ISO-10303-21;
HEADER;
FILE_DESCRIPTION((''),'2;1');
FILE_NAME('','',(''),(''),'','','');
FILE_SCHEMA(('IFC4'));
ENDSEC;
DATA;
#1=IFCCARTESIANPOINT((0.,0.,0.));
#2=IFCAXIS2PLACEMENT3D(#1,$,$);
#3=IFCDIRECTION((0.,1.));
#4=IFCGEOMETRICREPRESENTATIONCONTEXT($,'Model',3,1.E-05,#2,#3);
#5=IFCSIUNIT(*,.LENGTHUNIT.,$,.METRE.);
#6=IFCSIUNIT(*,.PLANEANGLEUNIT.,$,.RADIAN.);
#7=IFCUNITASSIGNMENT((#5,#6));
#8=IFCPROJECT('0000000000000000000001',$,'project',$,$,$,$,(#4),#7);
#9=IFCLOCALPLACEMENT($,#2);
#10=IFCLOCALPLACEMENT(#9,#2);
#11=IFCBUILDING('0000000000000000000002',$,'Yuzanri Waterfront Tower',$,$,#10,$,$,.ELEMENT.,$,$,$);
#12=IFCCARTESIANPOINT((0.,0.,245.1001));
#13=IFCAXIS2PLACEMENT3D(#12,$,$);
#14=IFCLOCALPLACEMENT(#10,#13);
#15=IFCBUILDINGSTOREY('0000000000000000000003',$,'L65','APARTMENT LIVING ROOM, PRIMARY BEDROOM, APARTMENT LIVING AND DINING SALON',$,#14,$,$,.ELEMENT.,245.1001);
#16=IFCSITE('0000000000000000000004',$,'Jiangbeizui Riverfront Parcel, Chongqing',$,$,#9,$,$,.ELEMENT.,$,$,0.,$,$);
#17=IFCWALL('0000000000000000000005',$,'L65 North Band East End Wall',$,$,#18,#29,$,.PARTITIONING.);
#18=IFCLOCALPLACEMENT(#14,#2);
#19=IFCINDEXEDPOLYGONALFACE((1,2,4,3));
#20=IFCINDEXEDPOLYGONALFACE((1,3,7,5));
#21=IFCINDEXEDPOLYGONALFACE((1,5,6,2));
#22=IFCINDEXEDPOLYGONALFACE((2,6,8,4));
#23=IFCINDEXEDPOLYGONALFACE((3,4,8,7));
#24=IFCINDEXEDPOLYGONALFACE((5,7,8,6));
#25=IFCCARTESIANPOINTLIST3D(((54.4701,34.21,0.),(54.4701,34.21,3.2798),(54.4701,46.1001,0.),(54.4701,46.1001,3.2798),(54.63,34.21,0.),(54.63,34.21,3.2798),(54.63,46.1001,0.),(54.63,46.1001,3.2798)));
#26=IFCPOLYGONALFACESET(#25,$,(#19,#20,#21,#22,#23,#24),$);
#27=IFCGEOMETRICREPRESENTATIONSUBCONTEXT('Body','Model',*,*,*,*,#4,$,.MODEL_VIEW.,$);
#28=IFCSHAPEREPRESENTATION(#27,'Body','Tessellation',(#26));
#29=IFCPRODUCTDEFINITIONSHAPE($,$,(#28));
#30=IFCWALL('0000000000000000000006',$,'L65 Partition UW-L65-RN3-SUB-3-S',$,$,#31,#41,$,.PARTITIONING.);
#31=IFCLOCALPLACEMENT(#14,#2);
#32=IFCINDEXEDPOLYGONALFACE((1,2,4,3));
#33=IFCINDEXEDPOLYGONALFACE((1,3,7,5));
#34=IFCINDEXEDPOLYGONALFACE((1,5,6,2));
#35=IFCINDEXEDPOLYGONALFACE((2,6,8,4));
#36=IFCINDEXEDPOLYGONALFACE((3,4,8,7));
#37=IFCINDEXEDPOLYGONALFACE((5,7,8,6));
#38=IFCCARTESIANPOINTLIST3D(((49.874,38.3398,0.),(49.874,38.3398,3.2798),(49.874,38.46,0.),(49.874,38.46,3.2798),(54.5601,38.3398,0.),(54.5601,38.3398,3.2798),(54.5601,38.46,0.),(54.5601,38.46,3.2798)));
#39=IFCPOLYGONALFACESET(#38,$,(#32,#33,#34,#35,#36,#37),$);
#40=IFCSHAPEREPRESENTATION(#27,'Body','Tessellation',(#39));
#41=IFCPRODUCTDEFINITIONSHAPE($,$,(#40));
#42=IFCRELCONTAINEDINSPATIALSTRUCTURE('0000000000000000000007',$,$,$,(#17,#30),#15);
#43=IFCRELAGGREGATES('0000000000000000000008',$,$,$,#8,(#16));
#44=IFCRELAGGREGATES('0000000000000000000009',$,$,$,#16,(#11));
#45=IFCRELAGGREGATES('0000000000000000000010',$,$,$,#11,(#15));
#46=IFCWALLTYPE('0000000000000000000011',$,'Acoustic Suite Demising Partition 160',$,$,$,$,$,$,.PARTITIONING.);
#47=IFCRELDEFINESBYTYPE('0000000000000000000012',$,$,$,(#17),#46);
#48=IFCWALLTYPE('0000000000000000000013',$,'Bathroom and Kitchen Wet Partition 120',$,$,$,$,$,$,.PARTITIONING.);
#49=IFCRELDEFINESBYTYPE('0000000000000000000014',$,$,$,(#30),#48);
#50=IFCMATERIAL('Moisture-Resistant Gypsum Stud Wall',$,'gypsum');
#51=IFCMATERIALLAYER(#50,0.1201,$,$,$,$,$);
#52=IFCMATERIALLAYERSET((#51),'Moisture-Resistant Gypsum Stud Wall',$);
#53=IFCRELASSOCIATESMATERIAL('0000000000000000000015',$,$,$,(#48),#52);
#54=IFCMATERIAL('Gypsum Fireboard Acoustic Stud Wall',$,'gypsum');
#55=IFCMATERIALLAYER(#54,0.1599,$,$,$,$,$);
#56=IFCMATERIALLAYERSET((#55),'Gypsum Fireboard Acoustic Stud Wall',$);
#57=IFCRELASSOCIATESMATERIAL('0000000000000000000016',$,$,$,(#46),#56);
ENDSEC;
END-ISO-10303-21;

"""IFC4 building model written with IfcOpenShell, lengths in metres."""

from ifc_helpers import new_model, si_unit, direction, frame, frame_2d, origin, place, context, subcontext, project, spatial, rectangle, extrude, source, transform, mapped, material, layer, layer_set, type_object, element, save


model = new_model("IFC4")

# Units and contexts
model_context = context("Model", 3, precision=1e-05, world=origin(), true_north=direction((0.0, 1.0)))
body_context = subcontext(model_context, "Body", "Model", "MODEL_VIEW")
ifc_project = project(units=[si_unit("LENGTHUNIT", "METRE"), si_unit("PLANEANGLEUNIT", "RADIAN")], contexts=[model_context])

# Site, building, storey
site_placement = place(None, origin())
site = spatial("IfcSite", under=ifc_project, at=site_placement, Name="Jiangbeizui Riverfront Parcel, Chongqing", CompositionType="ELEMENT", RefElevation=0.0)
building_placement = place(site_placement, origin())
building = spatial("IfcBuilding", under=site, at=building_placement, Name="Yuzanri Waterfront Tower", CompositionType="ELEMENT")
storey_placement = place(building_placement, frame((0.0, 0.0, 245.1001)))
storey = spatial("IfcBuildingStorey", under=building, at=storey_placement, Name="L65", Description="APARTMENT LIVING ROOM, PRIMARY BEDROOM, APARTMENT LIVING AND DINING SALON", CompositionType="ELEMENT", Elevation=245.1001)

# Shared definitions
ifc_material_1 = material(Name="Moisture-Resistant Gypsum Stud Wall", Category="gypsum")
ifc_layer_1 = layer(ifc_material_1, 0.1201)
ifc_layer_set_1 = layer_set([ifc_layer_1], Name="Moisture-Resistant Gypsum Stud Wall")
wall_type_1 = type_object("IfcWallType", Name="Bathroom and Kitchen Wet Partition 120", PredefinedType="PARTITIONING", material=ifc_layer_set_1)

# Walls
ifc_material_2 = material(Name="Gypsum Fireboard Acoustic Stud Wall", Category="gypsum")
ifc_layer_2 = layer(ifc_material_2, 0.1599)
ifc_layer_set_2 = layer_set([ifc_layer_2], Name="Gypsum Fireboard Acoustic Stud Wall")
wall_type_2 = type_object("IfcWallType", Name="Acoustic Suite Demising Partition 160", PredefinedType="PARTITIONING", material=ifc_layer_set_2)
shared_shape_1 = source(origin(), body_context, "Body", "SweptSolid", [
    extrude(rectangle(XDim=11.8901, YDim=0.1599, at=frame_2d((5.9451, 0.0))), origin(), (0.0, 0.0, 1.0), 3.2798),
])
wall_1_placement = place(storey_placement, frame((54.55, 34.21, 0.0), z_axis=(0.0, 0.0, 1.0), x_axis=(0.0, 1.0, 0.0)))
element("IfcWall", 1, at=wall_1_placement, inside=storey, type_object=wall_type_2, Name="L65 North Band East End Wall", PredefinedType="PARTITIONING", context=body_context, shape_type="MappedRepresentation", body=[
    mapped(shared_shape_1, transform((0.0, 0.0, 0.0), scale=1.0)),
])
shared_shape_2 = source(origin(), body_context, "Body", "SweptSolid", [
    extrude(rectangle(XDim=4.686, YDim=0.1201, at=frame_2d((2.343, 0.0))), origin(), (0.0, 0.0, 1.0), 3.2798),
])
wall_2_placement = place(storey_placement, frame((49.874, 38.3999, 0.0), z_axis=(0.0, 0.0, 1.0), x_axis=(1.0, 0.0, 0.0)))
element("IfcWall", 2, at=wall_2_placement, inside=storey, type_object=wall_type_1, Name="L65 Partition UW-L65-RN3-SUB-3-S", PredefinedType="PARTITIONING", context=body_context, shape_type="MappedRepresentation", body=[
    mapped(shared_shape_2, transform((0.0, 0.0, 0.0), scale=1.0)),
])

save(model, "model.ifc")
